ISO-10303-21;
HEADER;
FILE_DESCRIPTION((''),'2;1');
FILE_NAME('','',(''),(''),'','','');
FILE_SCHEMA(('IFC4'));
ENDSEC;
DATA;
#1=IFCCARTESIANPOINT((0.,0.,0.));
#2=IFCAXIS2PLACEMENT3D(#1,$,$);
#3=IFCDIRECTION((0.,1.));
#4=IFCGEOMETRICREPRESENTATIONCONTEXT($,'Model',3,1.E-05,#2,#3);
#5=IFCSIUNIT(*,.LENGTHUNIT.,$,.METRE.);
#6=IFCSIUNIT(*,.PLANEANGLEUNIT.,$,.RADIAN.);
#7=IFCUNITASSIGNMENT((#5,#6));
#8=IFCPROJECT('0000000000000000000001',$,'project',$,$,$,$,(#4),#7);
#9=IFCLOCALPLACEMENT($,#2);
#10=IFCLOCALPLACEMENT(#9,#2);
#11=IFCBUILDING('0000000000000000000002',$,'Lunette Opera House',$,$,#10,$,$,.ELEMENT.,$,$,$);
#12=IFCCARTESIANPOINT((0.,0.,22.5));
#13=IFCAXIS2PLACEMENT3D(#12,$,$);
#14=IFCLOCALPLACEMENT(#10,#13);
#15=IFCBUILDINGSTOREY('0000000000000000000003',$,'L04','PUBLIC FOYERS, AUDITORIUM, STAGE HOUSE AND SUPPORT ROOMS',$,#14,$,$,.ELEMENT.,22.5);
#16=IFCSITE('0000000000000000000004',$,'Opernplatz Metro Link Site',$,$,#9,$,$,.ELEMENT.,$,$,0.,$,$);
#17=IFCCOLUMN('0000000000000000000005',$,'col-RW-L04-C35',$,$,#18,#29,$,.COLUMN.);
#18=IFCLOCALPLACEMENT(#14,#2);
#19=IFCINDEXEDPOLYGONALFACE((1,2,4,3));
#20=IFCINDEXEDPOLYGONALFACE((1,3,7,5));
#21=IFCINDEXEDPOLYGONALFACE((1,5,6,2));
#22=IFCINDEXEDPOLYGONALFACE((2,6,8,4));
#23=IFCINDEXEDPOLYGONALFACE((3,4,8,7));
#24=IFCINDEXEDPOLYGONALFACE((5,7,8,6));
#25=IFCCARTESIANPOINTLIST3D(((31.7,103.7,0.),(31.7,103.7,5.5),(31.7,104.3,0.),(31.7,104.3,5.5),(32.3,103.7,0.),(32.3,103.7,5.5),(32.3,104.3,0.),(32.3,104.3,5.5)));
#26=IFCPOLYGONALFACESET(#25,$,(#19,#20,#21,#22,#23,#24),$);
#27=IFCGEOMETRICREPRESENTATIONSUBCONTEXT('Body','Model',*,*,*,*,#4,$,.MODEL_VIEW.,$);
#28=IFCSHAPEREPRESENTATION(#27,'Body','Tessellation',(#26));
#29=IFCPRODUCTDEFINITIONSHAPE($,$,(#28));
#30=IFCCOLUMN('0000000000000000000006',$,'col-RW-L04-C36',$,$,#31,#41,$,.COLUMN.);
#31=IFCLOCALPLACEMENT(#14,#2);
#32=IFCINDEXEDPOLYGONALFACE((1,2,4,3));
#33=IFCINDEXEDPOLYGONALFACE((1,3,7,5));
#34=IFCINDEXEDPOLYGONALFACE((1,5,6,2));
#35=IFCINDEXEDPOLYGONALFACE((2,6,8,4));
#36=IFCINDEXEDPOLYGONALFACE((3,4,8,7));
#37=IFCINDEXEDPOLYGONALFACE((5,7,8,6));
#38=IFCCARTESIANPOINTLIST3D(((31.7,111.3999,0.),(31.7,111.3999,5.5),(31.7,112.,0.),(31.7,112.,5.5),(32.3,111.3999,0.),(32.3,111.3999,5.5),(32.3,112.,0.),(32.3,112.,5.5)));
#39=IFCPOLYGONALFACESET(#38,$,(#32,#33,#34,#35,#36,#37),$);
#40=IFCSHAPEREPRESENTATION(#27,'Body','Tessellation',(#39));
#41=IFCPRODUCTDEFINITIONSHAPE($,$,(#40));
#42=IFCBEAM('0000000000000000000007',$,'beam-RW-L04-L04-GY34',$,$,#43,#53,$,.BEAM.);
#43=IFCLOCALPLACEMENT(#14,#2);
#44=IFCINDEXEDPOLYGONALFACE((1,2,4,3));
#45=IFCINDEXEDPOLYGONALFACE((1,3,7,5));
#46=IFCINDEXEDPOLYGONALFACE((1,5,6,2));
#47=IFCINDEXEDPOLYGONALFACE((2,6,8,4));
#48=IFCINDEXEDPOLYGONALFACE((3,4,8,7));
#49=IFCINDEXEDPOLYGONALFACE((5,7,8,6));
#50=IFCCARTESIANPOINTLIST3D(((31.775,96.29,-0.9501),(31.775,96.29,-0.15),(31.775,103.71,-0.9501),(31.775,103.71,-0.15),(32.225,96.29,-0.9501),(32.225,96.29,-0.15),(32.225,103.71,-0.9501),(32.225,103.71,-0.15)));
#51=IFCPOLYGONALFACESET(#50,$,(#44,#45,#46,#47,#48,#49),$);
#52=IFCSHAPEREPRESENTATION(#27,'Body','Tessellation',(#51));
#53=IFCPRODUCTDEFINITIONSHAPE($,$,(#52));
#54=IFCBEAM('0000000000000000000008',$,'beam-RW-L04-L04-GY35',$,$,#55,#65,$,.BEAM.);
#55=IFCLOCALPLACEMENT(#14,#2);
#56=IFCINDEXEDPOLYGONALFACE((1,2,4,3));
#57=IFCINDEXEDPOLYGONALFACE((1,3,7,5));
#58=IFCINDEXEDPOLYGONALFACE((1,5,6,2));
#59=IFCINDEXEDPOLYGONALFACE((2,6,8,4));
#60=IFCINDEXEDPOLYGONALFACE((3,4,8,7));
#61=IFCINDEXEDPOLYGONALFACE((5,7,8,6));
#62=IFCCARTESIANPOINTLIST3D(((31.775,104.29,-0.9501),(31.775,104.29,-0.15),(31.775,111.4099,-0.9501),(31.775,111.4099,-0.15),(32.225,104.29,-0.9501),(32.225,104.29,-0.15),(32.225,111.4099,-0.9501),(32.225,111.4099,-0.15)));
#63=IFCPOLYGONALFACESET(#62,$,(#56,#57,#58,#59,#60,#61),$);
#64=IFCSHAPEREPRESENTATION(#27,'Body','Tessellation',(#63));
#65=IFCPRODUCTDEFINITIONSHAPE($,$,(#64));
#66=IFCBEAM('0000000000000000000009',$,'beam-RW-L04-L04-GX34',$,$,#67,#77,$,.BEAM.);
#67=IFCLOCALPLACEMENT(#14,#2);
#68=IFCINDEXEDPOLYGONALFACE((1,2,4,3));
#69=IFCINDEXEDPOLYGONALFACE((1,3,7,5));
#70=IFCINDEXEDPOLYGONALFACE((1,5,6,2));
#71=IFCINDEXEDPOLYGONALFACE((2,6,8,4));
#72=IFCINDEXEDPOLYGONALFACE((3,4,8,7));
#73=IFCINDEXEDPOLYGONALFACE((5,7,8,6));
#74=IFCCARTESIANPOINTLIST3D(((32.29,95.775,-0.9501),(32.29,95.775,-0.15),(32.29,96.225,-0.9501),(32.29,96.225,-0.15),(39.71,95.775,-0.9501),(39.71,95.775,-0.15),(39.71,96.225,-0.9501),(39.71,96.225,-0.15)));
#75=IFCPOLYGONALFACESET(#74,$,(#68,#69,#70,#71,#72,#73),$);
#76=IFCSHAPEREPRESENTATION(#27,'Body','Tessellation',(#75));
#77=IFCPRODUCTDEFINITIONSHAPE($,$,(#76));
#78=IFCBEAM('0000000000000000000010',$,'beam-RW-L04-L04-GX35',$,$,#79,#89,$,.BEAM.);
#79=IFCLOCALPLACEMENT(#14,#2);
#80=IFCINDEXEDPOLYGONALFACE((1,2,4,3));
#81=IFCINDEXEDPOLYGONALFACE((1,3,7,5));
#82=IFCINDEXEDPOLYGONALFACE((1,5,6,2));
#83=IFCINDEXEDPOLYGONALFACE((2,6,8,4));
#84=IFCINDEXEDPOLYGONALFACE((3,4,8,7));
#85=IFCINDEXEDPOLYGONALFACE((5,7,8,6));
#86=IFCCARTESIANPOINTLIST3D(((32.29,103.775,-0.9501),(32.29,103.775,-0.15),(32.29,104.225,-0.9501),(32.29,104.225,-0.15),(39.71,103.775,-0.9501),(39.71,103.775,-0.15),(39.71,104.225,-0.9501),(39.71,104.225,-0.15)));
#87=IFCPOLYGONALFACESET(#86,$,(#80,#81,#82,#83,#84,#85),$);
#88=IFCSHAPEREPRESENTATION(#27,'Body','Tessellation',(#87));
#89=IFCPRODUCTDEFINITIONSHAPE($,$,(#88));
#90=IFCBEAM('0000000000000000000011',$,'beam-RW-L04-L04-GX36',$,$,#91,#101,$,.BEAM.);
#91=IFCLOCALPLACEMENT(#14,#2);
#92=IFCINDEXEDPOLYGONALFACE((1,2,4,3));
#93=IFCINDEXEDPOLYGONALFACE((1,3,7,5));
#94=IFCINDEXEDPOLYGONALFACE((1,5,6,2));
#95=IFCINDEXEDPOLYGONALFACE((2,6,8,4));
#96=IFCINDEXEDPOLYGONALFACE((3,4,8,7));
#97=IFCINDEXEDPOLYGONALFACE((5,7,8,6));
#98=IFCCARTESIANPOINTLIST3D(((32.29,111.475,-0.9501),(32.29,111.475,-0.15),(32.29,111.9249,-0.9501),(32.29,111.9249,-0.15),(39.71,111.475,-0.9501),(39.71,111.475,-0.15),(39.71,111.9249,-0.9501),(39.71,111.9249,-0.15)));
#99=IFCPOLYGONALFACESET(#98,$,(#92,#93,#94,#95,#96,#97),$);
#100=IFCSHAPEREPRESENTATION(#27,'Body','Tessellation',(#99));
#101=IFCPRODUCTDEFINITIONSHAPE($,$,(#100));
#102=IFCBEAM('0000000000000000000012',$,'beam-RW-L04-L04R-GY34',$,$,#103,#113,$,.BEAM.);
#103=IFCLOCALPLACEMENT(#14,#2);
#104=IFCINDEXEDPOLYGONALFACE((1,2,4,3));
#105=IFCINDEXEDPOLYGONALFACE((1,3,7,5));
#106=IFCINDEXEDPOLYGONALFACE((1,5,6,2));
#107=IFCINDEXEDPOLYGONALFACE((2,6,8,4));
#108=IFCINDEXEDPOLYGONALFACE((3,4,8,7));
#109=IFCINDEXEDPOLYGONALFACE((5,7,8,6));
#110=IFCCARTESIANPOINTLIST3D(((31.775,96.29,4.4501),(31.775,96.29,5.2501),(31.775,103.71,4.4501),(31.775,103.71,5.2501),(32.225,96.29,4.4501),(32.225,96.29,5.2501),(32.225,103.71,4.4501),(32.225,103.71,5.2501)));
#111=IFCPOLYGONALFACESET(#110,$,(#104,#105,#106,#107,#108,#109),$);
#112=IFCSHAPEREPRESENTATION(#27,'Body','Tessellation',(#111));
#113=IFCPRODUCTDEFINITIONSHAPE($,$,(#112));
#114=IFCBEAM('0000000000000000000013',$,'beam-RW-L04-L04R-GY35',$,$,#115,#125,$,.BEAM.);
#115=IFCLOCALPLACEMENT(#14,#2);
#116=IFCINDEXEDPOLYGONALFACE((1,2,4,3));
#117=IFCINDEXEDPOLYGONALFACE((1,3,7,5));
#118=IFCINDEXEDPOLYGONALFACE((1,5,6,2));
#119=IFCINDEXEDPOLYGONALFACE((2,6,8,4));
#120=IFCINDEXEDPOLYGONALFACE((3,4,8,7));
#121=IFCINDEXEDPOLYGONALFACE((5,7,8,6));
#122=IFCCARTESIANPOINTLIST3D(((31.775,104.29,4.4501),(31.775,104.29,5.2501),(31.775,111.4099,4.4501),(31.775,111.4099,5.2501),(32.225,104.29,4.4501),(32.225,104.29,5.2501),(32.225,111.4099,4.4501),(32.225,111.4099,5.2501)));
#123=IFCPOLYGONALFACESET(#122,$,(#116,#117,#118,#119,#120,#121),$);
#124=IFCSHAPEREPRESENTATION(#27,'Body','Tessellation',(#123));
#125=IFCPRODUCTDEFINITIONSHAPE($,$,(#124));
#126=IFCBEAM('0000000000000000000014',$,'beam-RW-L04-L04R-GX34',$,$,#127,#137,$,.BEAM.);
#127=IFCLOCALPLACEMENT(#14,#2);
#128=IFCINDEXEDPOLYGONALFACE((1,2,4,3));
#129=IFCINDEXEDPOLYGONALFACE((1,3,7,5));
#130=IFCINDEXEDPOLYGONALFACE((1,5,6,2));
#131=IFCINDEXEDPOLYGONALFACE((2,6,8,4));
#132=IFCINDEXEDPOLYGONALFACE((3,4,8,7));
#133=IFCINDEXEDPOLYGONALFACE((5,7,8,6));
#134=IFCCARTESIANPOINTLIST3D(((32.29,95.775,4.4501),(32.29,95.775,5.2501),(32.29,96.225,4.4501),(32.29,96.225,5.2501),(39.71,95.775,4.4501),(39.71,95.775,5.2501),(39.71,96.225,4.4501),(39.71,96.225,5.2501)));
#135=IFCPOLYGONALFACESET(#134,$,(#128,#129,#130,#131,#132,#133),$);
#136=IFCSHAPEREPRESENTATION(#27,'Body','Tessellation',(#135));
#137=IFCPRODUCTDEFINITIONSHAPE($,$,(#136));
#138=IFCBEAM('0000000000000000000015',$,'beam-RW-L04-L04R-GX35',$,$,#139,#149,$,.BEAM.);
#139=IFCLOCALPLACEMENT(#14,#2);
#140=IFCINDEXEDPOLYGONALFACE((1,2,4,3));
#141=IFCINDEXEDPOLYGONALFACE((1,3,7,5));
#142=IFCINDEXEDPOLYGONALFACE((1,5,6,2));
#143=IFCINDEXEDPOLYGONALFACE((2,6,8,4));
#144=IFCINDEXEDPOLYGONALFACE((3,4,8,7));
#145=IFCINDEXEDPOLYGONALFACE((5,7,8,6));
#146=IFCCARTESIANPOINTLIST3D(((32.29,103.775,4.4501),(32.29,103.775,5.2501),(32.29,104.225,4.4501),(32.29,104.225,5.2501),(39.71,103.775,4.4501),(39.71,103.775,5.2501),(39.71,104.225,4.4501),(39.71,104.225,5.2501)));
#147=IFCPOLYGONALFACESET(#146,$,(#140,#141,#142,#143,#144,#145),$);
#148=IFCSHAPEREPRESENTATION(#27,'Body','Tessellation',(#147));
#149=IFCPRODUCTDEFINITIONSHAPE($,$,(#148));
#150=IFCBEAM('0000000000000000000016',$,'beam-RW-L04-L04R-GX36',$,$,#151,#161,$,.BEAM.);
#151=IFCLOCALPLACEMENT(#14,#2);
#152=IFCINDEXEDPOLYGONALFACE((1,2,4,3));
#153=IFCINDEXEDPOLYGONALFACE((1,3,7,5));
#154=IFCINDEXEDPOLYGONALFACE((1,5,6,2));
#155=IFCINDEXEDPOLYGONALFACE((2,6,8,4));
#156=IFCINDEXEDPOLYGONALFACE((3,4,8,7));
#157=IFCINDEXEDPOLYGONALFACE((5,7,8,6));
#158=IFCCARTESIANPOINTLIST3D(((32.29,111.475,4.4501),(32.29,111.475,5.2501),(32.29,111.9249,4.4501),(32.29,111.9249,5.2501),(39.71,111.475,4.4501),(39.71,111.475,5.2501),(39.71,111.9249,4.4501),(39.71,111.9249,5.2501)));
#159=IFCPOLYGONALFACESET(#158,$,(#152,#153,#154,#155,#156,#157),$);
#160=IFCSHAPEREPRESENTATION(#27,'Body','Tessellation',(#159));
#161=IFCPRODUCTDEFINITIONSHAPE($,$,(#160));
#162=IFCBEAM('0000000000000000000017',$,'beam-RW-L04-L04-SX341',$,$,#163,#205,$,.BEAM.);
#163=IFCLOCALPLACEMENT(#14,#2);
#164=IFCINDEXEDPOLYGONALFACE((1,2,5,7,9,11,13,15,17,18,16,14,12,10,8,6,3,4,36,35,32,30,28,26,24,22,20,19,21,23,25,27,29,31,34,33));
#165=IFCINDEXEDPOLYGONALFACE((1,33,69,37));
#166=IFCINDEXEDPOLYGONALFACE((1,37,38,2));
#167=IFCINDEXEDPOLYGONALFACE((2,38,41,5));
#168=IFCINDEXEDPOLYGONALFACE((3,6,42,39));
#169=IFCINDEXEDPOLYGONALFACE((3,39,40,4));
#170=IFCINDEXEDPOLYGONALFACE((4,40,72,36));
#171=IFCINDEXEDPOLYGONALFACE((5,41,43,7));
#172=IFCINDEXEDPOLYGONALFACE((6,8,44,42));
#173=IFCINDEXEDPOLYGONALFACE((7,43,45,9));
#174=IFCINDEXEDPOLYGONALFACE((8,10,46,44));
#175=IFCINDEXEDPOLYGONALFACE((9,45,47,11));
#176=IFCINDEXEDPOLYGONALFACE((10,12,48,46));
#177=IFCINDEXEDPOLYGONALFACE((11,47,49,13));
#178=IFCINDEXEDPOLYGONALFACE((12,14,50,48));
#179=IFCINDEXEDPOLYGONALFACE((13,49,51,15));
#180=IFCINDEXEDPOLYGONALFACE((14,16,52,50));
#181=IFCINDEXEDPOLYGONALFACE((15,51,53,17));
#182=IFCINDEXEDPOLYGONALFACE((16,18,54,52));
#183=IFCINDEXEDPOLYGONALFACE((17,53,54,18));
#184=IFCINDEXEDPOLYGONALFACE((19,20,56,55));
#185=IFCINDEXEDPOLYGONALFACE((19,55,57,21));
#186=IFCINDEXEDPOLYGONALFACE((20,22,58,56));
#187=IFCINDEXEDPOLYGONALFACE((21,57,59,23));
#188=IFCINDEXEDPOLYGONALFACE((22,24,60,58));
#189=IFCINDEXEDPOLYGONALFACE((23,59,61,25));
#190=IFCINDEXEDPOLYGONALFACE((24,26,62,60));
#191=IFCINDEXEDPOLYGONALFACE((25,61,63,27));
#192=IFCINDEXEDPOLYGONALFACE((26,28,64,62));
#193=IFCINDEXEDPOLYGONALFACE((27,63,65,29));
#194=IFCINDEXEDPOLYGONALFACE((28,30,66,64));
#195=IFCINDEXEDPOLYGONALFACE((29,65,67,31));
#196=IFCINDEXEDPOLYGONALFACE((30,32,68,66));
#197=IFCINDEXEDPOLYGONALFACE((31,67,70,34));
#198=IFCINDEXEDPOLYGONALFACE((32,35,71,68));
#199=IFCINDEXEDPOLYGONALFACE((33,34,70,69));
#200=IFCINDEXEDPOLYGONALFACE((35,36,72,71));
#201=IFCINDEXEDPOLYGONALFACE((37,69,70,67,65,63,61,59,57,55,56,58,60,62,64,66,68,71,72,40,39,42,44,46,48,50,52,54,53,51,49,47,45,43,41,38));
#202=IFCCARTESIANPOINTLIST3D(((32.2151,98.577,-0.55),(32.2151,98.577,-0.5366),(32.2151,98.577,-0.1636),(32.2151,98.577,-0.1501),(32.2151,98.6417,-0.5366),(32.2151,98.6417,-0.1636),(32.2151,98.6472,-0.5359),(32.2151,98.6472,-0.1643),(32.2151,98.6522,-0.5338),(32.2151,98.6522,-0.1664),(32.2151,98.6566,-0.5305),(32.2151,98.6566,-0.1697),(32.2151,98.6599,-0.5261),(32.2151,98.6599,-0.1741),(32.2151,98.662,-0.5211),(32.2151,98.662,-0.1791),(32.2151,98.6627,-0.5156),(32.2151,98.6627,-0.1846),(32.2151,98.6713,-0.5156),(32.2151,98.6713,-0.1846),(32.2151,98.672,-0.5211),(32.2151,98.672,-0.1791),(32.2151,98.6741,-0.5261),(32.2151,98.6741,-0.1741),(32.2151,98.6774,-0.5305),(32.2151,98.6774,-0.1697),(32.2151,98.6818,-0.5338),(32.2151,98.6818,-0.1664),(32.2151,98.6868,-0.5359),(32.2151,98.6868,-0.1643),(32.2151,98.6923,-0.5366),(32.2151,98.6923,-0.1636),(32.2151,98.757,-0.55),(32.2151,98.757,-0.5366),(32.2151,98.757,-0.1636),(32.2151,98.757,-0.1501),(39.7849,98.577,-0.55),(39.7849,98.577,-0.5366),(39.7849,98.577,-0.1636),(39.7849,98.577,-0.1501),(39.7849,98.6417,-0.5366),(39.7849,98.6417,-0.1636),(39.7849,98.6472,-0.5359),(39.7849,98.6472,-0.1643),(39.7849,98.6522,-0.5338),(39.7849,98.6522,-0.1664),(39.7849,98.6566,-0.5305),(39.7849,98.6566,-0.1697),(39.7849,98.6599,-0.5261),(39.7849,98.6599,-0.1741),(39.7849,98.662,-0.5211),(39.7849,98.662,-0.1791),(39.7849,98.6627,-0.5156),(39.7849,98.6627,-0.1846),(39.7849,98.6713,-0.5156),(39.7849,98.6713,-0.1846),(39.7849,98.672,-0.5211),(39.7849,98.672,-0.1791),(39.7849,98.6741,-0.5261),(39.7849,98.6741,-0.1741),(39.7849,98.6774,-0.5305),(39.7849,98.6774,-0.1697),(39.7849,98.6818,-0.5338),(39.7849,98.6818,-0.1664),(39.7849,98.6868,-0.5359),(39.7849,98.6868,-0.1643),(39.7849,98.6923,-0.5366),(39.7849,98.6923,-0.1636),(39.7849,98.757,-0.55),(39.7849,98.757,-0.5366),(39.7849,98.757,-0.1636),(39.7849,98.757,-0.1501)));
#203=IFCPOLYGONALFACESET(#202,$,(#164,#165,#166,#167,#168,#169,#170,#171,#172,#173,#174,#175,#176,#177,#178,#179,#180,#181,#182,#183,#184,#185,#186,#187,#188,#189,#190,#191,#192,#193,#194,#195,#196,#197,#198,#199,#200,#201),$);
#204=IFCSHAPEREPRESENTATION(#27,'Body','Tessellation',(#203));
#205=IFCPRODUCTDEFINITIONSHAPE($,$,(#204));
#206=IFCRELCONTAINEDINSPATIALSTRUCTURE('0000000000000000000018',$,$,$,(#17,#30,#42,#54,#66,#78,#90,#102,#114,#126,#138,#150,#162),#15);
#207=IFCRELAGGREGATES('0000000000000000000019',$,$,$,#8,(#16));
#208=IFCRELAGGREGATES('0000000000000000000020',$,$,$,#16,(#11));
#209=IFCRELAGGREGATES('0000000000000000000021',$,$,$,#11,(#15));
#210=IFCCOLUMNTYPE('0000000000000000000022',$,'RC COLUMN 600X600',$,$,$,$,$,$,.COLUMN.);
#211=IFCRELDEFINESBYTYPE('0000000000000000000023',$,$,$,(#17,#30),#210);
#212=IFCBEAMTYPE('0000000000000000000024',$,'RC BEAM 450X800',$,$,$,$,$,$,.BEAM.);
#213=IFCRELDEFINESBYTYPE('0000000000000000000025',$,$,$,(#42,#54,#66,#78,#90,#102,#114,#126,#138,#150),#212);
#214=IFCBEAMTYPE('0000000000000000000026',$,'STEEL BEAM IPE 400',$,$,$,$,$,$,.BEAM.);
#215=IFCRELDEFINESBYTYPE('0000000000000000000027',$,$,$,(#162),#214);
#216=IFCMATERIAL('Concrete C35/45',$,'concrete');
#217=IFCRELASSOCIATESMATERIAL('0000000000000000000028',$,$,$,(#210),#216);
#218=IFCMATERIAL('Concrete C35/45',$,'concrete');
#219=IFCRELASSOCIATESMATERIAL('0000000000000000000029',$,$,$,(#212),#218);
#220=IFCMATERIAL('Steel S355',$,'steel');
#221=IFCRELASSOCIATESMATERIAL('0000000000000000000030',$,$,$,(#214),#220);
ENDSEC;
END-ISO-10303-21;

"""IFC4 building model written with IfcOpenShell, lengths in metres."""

from ifc_helpers import new_model, si_unit, direction, frame, origin, origin_2d, place, context, subcontext, project, spatial, rectangle, i_section, extrude, material, material_profile, profile_set, type_object, element, save


model = new_model("IFC4")

# Units and contexts
model_context = context("Model", 3, precision=1e-05, world=origin(), true_north=direction((0.0, 1.0)))
body_context = subcontext(model_context, "Body", "Model", "MODEL_VIEW")
ifc_project = project(units=[si_unit("LENGTHUNIT", "METRE"), si_unit("PLANEANGLEUNIT", "RADIAN")], contexts=[model_context])

# Site, building, storey
site_placement = place(None, origin())
site = spatial("IfcSite", under=ifc_project, at=site_placement, Name="Opernplatz Metro Link Site", CompositionType="ELEMENT", RefElevation=0.0)
building_placement = place(site_placement, origin())
building = spatial("IfcBuilding", under=site, at=building_placement, Name="Lunette Opera House", CompositionType="ELEMENT")
storey_placement = place(building_placement, frame((0.0, 0.0, 22.5)))
storey = spatial("IfcBuildingStorey", under=building, at=storey_placement, Name="L04", Description="PUBLIC FOYERS, AUDITORIUM, STAGE HOUSE AND SUPPORT ROOMS", CompositionType="ELEMENT", Elevation=22.5)

# Columns
ifc_material_1 = material(Name="Concrete C35/45", Category="concrete")
ifc_material_profile_1 = material_profile(ifc_material_1, rectangle(XDim=0.6001, YDim=0.6001, at=origin_2d()), Name="RC COLUMN 600X600")
ifc_profile_set_1 = profile_set([ifc_material_profile_1], Name="Concrete C35/45")
column_type = type_object("IfcColumnType", Name="RC COLUMN 600X600", PredefinedType="COLUMN", material=ifc_profile_set_1)
for number, where, z_axis, x_axis, name in (
    (1, (32.0, 104.0, 0.0), (0.0, 0.0, 1.0), (1.0, 0.0, 0.0), "col-RW-L04-C35"),
    (2, (32.0, 111.7, 0.0), (0.0, 0.0, 1.0), (1.0, 0.0, 0.0), "col-RW-L04-C36"),
):
    element("IfcColumn", number, at=place(storey_placement, frame(where, z_axis=z_axis, x_axis=x_axis)), inside=storey, type_object=column_type, Name=name, PredefinedType="COLUMN", context=body_context, shape_type="SweptSolid", body=[
        extrude(rectangle(XDim=0.6001, YDim=0.6001, at=origin_2d()), origin(), (0.0, 0.0, 1.0), 5.5),
    ])

# Beams
ifc_material_2 = material(Name="Concrete C35/45", Category="concrete")
ifc_material_profile_2 = material_profile(ifc_material_2, rectangle(XDim=0.45, YDim=0.8, at=origin_2d()), Name="RC BEAM 450X800")
ifc_profile_set_2 = profile_set([ifc_material_profile_2], Name="Concrete C35/45")
beam_type_1 = type_object("IfcBeamType", Name="RC BEAM 450X800", PredefinedType="BEAM", material=ifc_profile_set_2)
beam_1_placement = place(storey_placement, frame((32.0, 96.29, -0.55), z_axis=(0.0, 1.0, 0.0), x_axis=(-1.0, 0.0, 0.0)))
element("IfcBeam", 3, at=beam_1_placement, inside=storey, type_object=beam_type_1, Name="beam-RW-L04-L04-GY34", PredefinedType="BEAM", context=body_context, shape_type="SweptSolid", body=[
    extrude(rectangle(XDim=0.45, YDim=0.8, at=origin_2d()), origin(), (0.0, 0.0, 1.0), 7.4199),
])
beam_2_placement = place(storey_placement, frame((32.0, 104.29, -0.55), z_axis=(0.0, 1.0, 0.0), x_axis=(-1.0, 0.0, 0.0)))
element("IfcBeam", 4, at=beam_2_placement, inside=storey, type_object=beam_type_1, Name="beam-RW-L04-L04-GY35", PredefinedType="BEAM", context=body_context, shape_type="SweptSolid", body=[
    extrude(rectangle(XDim=0.45, YDim=0.8, at=origin_2d()), origin(), (0.0, 0.0, 1.0), 7.1199),
])
for number, where, z_axis, x_axis, name in (
    (5, (32.29, 96.0, -0.55), (1.0, 0.0, 0.0), (0.0, 1.0, 0.0), "beam-RW-L04-L04-GX34"),
    (6, (32.29, 104.0, -0.55), (1.0, 0.0, 0.0), (0.0, 1.0, 0.0), "beam-RW-L04-L04-GX35"),
    (7, (32.29, 111.7, -0.55), (1.0, 0.0, 0.0), (0.0, 1.0, 0.0), "beam-RW-L04-L04-GX36"),
    (8, (32.0, 96.29, 4.8501), (0.0, 1.0, 0.0), (-1.0, 0.0, 0.0), "beam-RW-L04-L04R-GY34"),
):
    element("IfcBeam", number, at=place(storey_placement, frame(where, z_axis=z_axis, x_axis=x_axis)), inside=storey, type_object=beam_type_1, Name=name, PredefinedType="BEAM", context=body_context, shape_type="SweptSolid", body=[
        extrude(rectangle(XDim=0.45, YDim=0.8, at=origin_2d()), origin(), (0.0, 0.0, 1.0), 7.4199),
    ])
beam_3_placement = place(storey_placement, frame((32.0, 104.29, 4.8501), z_axis=(0.0, 1.0, 0.0), x_axis=(-1.0, 0.0, 0.0)))
element("IfcBeam", 9, at=beam_3_placement, inside=storey, type_object=beam_type_1, Name="beam-RW-L04-L04R-GY35", PredefinedType="BEAM", context=body_context, shape_type="SweptSolid", body=[
    extrude(rectangle(XDim=0.45, YDim=0.8, at=origin_2d()), origin(), (0.0, 0.0, 1.0), 7.1199),
])
for number, where, z_axis, x_axis, name in (
    (10, (32.29, 96.0, 4.8501), (1.0, 0.0, 0.0), (0.0, 1.0, 0.0), "beam-RW-L04-L04R-GX34"),
    (11, (32.29, 104.0, 4.8501), (1.0, 0.0, 0.0), (0.0, 1.0, 0.0), "beam-RW-L04-L04R-GX35"),
    (12, (32.29, 111.7, 4.8501), (1.0, 0.0, 0.0), (0.0, 1.0, 0.0), "beam-RW-L04-L04R-GX36"),
):
    element("IfcBeam", number, at=place(storey_placement, frame(where, z_axis=z_axis, x_axis=x_axis)), inside=storey, type_object=beam_type_1, Name=name, PredefinedType="BEAM", context=body_context, shape_type="SweptSolid", body=[
        extrude(rectangle(XDim=0.45, YDim=0.8, at=origin_2d()), origin(), (0.0, 0.0, 1.0), 7.4199),
    ])
ifc_material_3 = material(Name="Steel S355", Category="steel")
ifc_material_profile_3 = material_profile(ifc_material_3, i_section(OverallWidth=0.1799, OverallDepth=0.3999, WebThickness=0.0085, FlangeThickness=0.0134, FilletRadius=0.021, at=origin_2d()), Name="IPE 400")
ifc_profile_set_3 = profile_set([ifc_material_profile_3], Name="Steel S355")
beam_type_2 = type_object("IfcBeamType", Name="STEEL BEAM IPE 400", PredefinedType="BEAM", material=ifc_profile_set_3)
for number, where, z_axis, x_axis, name in (
    (13, (32.2151, 98.667, -0.3501), (1.0, 0.0, 0.0), (0.0, 1.0, 0.0), "beam-RW-L04-L04-SX341"),
):
    element("IfcBeam", number, at=place(storey_placement, frame(where, z_axis=z_axis, x_axis=x_axis)), inside=storey, type_object=beam_type_2, Name=name, PredefinedType="BEAM", context=body_context, shape_type="SweptSolid", body=[
        extrude(i_section(OverallWidth=0.1799, OverallDepth=0.3999, WebThickness=0.0085, FlangeThickness=0.0134, FilletRadius=0.021, at=origin_2d()), origin(), (0.0, 0.0, 1.0), 7.5698),
    ])

save(model, "model.ifc")
